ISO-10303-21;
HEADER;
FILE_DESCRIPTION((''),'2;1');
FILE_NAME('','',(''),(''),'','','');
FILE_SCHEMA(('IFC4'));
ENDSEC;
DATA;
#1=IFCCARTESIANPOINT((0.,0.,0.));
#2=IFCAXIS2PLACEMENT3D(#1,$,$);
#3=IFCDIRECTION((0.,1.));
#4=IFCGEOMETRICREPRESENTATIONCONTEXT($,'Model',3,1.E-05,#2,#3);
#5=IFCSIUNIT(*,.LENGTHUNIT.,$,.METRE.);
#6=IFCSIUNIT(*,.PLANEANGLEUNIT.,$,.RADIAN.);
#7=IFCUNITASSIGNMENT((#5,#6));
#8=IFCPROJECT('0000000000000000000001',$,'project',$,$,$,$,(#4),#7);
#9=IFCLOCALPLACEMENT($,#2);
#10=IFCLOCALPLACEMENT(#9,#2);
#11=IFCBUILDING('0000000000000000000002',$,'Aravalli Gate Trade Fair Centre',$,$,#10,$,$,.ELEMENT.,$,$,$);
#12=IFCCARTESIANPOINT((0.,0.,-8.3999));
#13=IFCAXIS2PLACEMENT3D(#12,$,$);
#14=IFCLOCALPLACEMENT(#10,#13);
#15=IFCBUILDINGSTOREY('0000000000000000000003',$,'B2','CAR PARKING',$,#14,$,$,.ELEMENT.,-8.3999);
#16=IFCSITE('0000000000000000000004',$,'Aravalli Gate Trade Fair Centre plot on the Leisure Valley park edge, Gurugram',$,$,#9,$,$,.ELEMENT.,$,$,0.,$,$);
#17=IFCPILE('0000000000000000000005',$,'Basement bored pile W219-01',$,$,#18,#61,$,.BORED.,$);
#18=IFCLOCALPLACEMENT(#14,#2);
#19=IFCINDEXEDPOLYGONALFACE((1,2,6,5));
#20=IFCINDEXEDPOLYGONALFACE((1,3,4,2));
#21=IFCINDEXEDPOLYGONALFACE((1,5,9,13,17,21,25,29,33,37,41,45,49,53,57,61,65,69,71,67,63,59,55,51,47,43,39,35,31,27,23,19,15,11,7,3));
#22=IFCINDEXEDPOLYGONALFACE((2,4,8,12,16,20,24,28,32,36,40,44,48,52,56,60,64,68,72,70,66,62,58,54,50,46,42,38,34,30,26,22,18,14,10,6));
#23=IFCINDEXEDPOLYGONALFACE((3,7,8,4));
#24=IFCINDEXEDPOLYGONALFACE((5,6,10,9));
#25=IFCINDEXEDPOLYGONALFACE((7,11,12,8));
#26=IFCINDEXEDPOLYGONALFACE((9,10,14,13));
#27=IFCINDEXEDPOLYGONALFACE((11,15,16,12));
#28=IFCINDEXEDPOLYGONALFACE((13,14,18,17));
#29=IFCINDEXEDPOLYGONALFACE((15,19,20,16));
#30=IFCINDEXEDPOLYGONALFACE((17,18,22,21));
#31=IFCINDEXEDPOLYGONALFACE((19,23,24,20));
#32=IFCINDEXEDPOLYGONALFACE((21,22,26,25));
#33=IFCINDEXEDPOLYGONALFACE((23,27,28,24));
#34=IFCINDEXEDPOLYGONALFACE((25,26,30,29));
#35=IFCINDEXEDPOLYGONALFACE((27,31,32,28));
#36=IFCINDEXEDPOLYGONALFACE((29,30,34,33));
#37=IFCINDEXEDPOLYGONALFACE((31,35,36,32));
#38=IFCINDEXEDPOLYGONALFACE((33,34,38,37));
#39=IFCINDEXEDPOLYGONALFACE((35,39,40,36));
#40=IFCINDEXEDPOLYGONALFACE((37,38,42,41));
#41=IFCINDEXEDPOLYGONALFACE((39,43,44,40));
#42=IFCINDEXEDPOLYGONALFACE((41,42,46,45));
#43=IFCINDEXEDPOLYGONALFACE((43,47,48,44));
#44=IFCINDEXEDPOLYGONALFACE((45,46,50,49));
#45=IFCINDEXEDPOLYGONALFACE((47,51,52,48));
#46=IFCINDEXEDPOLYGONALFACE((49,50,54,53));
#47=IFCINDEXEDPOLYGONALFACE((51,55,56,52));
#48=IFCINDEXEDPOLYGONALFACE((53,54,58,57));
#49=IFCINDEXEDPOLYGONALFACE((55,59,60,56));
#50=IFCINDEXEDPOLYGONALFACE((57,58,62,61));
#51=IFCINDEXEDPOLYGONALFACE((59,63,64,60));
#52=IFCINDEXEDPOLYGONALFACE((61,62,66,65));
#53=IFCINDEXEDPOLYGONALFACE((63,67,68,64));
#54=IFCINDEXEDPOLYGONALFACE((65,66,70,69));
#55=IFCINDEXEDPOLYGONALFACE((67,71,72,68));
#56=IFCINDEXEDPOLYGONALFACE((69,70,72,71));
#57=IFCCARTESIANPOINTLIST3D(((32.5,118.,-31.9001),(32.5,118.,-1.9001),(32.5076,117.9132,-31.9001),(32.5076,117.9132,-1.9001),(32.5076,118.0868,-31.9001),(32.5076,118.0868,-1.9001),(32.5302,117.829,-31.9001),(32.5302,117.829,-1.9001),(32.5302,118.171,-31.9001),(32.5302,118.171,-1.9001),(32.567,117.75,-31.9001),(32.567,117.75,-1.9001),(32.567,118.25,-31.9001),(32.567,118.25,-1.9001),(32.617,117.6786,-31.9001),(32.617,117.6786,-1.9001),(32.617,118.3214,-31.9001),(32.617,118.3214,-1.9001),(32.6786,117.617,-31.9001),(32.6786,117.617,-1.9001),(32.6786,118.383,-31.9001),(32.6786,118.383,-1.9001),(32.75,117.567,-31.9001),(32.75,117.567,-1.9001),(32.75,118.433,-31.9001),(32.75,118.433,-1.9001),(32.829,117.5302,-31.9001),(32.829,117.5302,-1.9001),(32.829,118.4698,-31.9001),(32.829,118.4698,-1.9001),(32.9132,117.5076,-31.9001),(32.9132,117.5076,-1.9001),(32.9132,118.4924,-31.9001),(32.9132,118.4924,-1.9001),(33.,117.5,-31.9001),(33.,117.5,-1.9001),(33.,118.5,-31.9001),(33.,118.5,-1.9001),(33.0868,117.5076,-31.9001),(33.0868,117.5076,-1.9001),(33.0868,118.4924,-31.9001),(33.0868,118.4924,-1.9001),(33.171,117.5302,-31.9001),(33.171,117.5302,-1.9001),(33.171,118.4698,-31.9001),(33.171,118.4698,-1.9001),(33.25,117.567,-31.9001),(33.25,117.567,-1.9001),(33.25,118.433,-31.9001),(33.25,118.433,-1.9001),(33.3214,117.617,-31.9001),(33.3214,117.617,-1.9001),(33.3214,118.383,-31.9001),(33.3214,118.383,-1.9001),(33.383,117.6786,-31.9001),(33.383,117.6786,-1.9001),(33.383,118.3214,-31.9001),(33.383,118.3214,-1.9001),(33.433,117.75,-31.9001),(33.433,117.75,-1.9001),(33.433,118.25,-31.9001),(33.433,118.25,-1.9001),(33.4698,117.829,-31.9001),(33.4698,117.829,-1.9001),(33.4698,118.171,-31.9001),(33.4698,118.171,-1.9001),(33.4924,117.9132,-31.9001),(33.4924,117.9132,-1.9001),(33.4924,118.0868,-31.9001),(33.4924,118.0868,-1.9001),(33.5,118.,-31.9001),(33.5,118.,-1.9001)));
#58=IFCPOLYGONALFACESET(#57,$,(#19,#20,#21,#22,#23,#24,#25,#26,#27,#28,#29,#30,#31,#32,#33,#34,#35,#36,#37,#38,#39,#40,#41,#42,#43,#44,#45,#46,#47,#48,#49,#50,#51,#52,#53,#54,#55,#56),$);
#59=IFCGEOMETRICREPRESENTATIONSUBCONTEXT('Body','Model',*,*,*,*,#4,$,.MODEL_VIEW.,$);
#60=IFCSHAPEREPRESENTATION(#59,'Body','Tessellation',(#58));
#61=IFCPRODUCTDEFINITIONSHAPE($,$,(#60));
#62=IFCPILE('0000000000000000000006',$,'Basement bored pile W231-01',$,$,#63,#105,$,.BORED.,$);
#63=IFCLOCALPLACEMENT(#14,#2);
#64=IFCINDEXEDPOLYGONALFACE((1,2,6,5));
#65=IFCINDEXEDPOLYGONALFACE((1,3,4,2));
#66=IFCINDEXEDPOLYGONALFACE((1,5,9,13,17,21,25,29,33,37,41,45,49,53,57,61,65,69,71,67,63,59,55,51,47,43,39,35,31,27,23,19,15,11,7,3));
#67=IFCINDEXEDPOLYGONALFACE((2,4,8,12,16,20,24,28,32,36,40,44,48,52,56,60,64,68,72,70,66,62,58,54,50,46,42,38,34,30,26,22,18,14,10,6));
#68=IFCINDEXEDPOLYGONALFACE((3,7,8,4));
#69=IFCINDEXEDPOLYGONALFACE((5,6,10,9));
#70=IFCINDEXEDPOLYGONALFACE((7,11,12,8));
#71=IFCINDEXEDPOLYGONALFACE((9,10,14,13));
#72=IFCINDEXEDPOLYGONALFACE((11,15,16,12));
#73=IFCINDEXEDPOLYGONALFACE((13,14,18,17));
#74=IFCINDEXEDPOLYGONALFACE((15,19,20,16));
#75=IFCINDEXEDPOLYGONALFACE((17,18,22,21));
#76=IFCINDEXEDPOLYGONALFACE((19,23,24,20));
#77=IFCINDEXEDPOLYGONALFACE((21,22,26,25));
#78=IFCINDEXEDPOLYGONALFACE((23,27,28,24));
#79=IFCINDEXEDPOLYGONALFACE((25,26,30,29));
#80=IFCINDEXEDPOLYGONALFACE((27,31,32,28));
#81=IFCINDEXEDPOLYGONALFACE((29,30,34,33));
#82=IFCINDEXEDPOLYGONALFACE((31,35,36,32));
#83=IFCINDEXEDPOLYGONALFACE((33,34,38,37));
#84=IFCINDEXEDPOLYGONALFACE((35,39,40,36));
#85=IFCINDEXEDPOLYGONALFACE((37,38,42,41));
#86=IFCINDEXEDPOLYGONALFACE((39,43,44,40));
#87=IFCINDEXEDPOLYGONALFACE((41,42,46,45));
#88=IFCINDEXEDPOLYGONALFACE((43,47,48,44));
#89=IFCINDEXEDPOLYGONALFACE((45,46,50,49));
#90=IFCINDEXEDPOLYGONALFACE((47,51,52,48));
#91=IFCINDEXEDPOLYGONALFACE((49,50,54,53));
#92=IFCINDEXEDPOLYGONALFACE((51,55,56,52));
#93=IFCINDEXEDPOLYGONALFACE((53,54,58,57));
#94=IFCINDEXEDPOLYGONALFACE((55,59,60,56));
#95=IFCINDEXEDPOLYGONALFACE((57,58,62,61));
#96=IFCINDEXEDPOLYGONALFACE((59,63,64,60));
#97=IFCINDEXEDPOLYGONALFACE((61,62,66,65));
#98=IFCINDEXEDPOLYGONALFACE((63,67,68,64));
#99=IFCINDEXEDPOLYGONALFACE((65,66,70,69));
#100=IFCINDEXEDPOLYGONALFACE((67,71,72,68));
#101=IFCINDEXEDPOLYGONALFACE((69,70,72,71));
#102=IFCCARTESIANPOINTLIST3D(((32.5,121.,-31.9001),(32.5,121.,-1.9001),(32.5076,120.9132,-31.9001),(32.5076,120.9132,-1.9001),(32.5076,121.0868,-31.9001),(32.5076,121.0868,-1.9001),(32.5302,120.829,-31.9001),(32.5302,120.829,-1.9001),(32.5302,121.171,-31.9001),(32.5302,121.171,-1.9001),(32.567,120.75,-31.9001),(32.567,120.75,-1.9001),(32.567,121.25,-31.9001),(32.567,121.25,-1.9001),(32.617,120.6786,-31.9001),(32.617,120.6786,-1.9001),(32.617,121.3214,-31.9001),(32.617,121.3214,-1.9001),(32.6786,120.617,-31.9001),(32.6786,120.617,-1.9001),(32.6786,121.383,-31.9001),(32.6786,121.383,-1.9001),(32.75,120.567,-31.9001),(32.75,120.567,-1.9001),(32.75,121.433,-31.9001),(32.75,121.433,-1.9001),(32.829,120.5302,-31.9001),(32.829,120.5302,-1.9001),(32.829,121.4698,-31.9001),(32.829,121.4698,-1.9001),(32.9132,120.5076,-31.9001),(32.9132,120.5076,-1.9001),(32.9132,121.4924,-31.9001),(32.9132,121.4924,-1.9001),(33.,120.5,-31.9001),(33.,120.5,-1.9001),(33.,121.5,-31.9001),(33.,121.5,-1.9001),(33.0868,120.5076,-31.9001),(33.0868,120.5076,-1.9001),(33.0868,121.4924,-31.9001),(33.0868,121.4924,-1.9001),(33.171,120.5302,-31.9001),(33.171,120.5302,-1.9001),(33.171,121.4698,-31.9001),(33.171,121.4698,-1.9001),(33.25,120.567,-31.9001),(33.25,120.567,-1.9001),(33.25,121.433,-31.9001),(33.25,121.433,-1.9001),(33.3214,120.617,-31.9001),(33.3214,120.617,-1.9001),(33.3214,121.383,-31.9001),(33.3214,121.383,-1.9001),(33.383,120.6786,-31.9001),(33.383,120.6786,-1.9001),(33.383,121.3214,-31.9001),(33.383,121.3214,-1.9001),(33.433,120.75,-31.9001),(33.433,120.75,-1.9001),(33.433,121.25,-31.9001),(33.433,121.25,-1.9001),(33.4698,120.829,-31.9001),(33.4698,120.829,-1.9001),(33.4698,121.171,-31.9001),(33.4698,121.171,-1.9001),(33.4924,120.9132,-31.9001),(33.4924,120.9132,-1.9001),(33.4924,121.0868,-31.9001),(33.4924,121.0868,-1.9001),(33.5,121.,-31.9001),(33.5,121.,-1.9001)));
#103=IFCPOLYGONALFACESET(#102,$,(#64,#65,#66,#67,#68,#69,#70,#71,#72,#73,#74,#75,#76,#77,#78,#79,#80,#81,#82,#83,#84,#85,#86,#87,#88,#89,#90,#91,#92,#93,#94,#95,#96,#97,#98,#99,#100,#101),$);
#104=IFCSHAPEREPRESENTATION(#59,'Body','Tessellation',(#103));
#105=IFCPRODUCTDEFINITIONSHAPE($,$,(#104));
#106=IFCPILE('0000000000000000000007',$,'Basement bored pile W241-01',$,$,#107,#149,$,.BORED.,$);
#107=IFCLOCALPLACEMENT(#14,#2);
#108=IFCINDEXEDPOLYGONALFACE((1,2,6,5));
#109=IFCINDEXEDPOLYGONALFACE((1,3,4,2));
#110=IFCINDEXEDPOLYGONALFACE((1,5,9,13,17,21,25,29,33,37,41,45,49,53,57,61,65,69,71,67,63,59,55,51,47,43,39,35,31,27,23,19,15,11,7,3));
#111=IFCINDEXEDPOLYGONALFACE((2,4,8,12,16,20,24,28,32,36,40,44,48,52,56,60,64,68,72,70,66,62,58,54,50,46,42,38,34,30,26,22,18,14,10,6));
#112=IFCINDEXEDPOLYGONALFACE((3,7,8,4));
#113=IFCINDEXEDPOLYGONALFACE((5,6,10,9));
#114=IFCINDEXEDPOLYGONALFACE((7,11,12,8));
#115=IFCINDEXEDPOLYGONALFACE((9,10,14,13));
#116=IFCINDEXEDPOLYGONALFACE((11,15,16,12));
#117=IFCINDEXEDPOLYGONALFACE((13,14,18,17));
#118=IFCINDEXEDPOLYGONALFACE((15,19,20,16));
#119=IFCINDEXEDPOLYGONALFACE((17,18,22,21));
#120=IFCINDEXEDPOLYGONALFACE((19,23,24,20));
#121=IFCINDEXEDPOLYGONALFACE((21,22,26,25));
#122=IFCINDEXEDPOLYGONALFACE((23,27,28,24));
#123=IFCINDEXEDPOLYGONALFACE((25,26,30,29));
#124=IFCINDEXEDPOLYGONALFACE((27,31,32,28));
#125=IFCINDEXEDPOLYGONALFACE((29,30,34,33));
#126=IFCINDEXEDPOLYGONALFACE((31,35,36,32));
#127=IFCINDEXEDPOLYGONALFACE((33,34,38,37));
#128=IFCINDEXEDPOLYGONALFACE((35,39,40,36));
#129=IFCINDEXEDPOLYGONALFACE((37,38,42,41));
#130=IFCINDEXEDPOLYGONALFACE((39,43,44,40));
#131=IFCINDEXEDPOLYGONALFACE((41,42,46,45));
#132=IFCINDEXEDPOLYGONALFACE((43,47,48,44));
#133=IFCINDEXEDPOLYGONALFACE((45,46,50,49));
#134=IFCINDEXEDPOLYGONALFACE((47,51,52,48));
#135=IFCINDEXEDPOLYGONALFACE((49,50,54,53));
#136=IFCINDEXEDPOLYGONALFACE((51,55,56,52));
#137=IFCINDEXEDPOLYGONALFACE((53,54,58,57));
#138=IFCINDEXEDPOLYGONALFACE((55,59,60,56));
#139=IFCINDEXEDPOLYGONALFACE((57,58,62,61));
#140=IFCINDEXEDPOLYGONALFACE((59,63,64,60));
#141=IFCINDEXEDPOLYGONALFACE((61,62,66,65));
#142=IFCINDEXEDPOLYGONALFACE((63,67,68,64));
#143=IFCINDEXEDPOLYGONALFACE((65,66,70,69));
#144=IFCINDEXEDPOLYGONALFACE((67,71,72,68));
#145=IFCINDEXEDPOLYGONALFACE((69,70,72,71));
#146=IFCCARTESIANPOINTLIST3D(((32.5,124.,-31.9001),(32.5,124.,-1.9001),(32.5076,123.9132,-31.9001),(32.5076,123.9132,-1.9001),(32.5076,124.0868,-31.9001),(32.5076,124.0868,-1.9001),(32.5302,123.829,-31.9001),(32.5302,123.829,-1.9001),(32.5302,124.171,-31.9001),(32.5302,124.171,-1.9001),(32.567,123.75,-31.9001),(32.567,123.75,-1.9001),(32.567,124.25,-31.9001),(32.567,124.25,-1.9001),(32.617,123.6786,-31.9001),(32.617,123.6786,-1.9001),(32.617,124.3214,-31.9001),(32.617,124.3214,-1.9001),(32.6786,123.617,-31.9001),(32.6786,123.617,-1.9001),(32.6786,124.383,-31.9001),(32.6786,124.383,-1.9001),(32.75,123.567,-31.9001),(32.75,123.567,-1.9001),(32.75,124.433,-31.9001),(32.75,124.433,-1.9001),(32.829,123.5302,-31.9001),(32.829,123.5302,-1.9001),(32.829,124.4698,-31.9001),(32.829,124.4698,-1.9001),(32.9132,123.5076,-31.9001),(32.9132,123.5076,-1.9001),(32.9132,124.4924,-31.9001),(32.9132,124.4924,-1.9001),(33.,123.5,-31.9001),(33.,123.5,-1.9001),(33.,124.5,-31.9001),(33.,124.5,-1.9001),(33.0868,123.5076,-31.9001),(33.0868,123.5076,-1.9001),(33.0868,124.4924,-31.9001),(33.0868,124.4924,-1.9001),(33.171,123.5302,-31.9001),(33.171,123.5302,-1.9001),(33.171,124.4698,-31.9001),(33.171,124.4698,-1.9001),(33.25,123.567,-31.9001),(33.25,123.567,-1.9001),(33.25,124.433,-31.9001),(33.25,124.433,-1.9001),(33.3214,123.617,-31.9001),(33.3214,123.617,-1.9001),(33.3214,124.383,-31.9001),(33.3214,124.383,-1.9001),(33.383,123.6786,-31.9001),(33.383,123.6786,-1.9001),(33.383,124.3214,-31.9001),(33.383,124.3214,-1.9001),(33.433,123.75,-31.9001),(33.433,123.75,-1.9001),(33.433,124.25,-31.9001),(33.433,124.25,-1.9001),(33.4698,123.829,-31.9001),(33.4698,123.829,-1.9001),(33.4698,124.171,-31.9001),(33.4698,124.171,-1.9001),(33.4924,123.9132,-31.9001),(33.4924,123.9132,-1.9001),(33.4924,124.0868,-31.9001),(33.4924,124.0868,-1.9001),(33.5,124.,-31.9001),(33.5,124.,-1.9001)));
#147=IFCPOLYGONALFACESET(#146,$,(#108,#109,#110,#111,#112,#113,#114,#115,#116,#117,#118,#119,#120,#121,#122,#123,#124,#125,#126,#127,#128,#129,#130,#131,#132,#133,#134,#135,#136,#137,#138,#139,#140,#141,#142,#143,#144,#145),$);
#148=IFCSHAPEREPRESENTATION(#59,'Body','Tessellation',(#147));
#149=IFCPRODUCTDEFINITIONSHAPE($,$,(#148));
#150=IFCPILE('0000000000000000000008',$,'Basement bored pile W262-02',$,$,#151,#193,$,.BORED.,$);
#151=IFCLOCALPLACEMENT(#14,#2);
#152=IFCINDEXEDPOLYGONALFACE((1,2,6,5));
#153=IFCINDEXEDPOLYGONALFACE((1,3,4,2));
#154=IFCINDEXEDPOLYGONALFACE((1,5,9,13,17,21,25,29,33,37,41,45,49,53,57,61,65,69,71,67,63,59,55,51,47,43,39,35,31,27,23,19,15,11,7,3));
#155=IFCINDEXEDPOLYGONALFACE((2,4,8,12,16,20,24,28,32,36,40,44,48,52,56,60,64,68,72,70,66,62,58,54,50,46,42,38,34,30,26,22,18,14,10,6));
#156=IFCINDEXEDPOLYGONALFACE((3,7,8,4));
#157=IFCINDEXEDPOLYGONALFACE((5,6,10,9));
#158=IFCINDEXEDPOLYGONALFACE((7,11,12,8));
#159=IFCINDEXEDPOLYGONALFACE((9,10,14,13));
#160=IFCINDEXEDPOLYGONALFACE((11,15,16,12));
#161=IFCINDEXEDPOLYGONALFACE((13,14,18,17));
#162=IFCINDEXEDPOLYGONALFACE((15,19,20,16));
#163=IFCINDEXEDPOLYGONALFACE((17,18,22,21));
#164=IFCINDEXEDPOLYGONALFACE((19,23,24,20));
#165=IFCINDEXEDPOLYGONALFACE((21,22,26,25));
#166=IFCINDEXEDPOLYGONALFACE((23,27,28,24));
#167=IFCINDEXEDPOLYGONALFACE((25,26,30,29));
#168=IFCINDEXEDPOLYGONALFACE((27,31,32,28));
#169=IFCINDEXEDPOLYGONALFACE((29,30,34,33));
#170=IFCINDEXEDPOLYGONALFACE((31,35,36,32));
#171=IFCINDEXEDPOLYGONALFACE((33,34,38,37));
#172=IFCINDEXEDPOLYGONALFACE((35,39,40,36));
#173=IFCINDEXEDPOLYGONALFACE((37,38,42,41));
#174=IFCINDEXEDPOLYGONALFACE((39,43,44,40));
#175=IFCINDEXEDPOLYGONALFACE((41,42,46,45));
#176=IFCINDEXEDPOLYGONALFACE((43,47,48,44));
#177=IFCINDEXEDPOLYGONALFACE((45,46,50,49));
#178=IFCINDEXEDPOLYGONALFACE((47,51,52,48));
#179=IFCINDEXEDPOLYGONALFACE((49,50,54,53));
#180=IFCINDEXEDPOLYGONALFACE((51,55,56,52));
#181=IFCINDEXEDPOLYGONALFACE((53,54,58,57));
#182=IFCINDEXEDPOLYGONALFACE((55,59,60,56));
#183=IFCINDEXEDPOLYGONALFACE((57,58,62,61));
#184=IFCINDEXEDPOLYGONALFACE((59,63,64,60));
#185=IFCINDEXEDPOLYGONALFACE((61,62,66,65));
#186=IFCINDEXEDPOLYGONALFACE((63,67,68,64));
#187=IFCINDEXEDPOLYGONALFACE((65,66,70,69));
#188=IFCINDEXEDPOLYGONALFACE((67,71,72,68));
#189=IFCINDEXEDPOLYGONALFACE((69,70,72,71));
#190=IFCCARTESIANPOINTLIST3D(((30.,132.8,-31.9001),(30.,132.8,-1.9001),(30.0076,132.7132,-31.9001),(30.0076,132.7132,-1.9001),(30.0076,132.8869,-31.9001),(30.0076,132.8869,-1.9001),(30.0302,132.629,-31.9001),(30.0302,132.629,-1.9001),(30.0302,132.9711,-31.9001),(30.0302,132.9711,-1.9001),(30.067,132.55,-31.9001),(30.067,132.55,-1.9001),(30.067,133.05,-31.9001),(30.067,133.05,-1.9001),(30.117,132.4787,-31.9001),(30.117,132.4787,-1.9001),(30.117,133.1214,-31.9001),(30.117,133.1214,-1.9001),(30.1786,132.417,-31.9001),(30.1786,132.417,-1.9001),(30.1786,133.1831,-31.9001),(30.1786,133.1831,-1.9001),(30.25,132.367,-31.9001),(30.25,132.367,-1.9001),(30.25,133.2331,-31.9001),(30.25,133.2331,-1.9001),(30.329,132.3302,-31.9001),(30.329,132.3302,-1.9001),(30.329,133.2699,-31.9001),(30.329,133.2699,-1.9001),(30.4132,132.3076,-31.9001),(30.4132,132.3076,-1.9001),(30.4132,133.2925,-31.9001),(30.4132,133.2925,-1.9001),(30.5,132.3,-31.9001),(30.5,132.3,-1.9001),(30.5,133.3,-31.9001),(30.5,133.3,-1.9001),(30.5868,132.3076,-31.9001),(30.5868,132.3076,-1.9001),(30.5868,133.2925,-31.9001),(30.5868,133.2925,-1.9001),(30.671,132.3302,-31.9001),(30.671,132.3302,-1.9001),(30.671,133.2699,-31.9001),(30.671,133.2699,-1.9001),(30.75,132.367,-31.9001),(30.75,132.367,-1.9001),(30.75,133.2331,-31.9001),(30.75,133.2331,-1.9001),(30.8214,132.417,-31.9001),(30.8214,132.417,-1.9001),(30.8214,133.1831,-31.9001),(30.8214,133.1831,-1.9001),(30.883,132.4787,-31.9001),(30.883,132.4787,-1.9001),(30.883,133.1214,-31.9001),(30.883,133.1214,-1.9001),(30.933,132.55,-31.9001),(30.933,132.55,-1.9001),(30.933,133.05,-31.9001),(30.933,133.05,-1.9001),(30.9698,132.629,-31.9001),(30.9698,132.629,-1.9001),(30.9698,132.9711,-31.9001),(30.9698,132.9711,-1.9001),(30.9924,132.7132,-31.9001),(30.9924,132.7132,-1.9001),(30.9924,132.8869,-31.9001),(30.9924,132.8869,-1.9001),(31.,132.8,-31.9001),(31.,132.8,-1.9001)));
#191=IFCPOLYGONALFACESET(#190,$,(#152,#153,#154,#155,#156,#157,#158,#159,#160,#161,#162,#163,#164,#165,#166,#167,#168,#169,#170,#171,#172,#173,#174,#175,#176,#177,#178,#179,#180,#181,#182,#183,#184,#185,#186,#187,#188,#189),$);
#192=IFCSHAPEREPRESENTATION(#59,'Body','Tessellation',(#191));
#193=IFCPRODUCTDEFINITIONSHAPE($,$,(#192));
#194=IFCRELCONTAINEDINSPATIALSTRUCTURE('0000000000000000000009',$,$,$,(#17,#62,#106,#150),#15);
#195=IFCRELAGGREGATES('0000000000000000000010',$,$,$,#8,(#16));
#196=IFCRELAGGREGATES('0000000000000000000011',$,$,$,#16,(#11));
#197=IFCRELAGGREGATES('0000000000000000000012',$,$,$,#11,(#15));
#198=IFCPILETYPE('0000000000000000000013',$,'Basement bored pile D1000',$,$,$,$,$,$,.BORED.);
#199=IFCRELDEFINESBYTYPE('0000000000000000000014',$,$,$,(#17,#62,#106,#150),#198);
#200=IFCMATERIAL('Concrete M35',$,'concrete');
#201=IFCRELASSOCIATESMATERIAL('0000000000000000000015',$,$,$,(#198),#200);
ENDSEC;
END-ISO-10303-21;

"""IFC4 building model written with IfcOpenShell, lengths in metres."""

from ifc_helpers import new_model, si_unit, direction, frame, origin, origin_2d, place, context, subcontext, project, spatial, circle, extrude, material, material_profile, profile_set, type_object, element, save


model = new_model("IFC4")

# Units and contexts
model_context = context("Model", 3, precision=1e-05, world=origin(), true_north=direction((0.0, 1.0)))
body_context = subcontext(model_context, "Body", "Model", "MODEL_VIEW")
ifc_project = project(units=[si_unit("LENGTHUNIT", "METRE"), si_unit("PLANEANGLEUNIT", "RADIAN")], contexts=[model_context])

# Site, building, storey
site_placement = place(None, origin())
site = spatial("IfcSite", under=ifc_project, at=site_placement, Name="Aravalli Gate Trade Fair Centre plot on the Leisure Valley park edge, Gurugram", CompositionType="ELEMENT", RefElevation=0.0)
building_placement = place(site_placement, origin())
building = spatial("IfcBuilding", under=site, at=building_placement, Name="Aravalli Gate Trade Fair Centre", CompositionType="ELEMENT")
storey_placement = place(building_placement, frame((0.0, 0.0, -8.3999)))
storey = spatial("IfcBuildingStorey", under=building, at=storey_placement, Name="B2", Description="CAR PARKING", CompositionType="ELEMENT", Elevation=-8.3999)

# Piles
ifc_material_1 = material(Name="Concrete M35", Category="concrete")
ifc_material_profile_1 = material_profile(ifc_material_1, circle(Radius=0.5, at=origin_2d()), Name="D1000")
ifc_profile_set_1 = profile_set([ifc_material_profile_1], Name="Concrete M35")
pile_type = type_object("IfcPileType", Name="Basement bored pile D1000", PredefinedType="BORED", material=ifc_profile_set_1)
for number, where, z_axis, x_axis, name in (
    (1, (33.0, 118.0, -1.9001), (0.0, 0.0, -1.0), (1.0, 0.0, 0.0), "Basement bored pile W219-01"),
    (2, (33.0, 121.0, -1.9001), (0.0, 0.0, -1.0), (1.0, 0.0, 0.0), "Basement bored pile W231-01"),
    (3, (33.0, 124.0, -1.9001), (0.0, 0.0, -1.0), (1.0, 0.0, 0.0), "Basement bored pile W241-01"),
    (4, (30.5, 132.8, -1.9001), (0.0, 0.0, -1.0), (1.0, 0.0, 0.0), "Basement bored pile W262-02"),
):
    element("IfcPile", number, at=place(storey_placement, frame(where, z_axis=z_axis, x_axis=x_axis)), inside=storey, type_object=pile_type, Name=name, PredefinedType="BORED", context=body_context, shape_type="SweptSolid", body=[
        extrude(circle(Radius=0.5, at=origin_2d()), origin(), (0.0, 0.0, 1.0), 30.0),
    ])

save(model, "model.ifc")
